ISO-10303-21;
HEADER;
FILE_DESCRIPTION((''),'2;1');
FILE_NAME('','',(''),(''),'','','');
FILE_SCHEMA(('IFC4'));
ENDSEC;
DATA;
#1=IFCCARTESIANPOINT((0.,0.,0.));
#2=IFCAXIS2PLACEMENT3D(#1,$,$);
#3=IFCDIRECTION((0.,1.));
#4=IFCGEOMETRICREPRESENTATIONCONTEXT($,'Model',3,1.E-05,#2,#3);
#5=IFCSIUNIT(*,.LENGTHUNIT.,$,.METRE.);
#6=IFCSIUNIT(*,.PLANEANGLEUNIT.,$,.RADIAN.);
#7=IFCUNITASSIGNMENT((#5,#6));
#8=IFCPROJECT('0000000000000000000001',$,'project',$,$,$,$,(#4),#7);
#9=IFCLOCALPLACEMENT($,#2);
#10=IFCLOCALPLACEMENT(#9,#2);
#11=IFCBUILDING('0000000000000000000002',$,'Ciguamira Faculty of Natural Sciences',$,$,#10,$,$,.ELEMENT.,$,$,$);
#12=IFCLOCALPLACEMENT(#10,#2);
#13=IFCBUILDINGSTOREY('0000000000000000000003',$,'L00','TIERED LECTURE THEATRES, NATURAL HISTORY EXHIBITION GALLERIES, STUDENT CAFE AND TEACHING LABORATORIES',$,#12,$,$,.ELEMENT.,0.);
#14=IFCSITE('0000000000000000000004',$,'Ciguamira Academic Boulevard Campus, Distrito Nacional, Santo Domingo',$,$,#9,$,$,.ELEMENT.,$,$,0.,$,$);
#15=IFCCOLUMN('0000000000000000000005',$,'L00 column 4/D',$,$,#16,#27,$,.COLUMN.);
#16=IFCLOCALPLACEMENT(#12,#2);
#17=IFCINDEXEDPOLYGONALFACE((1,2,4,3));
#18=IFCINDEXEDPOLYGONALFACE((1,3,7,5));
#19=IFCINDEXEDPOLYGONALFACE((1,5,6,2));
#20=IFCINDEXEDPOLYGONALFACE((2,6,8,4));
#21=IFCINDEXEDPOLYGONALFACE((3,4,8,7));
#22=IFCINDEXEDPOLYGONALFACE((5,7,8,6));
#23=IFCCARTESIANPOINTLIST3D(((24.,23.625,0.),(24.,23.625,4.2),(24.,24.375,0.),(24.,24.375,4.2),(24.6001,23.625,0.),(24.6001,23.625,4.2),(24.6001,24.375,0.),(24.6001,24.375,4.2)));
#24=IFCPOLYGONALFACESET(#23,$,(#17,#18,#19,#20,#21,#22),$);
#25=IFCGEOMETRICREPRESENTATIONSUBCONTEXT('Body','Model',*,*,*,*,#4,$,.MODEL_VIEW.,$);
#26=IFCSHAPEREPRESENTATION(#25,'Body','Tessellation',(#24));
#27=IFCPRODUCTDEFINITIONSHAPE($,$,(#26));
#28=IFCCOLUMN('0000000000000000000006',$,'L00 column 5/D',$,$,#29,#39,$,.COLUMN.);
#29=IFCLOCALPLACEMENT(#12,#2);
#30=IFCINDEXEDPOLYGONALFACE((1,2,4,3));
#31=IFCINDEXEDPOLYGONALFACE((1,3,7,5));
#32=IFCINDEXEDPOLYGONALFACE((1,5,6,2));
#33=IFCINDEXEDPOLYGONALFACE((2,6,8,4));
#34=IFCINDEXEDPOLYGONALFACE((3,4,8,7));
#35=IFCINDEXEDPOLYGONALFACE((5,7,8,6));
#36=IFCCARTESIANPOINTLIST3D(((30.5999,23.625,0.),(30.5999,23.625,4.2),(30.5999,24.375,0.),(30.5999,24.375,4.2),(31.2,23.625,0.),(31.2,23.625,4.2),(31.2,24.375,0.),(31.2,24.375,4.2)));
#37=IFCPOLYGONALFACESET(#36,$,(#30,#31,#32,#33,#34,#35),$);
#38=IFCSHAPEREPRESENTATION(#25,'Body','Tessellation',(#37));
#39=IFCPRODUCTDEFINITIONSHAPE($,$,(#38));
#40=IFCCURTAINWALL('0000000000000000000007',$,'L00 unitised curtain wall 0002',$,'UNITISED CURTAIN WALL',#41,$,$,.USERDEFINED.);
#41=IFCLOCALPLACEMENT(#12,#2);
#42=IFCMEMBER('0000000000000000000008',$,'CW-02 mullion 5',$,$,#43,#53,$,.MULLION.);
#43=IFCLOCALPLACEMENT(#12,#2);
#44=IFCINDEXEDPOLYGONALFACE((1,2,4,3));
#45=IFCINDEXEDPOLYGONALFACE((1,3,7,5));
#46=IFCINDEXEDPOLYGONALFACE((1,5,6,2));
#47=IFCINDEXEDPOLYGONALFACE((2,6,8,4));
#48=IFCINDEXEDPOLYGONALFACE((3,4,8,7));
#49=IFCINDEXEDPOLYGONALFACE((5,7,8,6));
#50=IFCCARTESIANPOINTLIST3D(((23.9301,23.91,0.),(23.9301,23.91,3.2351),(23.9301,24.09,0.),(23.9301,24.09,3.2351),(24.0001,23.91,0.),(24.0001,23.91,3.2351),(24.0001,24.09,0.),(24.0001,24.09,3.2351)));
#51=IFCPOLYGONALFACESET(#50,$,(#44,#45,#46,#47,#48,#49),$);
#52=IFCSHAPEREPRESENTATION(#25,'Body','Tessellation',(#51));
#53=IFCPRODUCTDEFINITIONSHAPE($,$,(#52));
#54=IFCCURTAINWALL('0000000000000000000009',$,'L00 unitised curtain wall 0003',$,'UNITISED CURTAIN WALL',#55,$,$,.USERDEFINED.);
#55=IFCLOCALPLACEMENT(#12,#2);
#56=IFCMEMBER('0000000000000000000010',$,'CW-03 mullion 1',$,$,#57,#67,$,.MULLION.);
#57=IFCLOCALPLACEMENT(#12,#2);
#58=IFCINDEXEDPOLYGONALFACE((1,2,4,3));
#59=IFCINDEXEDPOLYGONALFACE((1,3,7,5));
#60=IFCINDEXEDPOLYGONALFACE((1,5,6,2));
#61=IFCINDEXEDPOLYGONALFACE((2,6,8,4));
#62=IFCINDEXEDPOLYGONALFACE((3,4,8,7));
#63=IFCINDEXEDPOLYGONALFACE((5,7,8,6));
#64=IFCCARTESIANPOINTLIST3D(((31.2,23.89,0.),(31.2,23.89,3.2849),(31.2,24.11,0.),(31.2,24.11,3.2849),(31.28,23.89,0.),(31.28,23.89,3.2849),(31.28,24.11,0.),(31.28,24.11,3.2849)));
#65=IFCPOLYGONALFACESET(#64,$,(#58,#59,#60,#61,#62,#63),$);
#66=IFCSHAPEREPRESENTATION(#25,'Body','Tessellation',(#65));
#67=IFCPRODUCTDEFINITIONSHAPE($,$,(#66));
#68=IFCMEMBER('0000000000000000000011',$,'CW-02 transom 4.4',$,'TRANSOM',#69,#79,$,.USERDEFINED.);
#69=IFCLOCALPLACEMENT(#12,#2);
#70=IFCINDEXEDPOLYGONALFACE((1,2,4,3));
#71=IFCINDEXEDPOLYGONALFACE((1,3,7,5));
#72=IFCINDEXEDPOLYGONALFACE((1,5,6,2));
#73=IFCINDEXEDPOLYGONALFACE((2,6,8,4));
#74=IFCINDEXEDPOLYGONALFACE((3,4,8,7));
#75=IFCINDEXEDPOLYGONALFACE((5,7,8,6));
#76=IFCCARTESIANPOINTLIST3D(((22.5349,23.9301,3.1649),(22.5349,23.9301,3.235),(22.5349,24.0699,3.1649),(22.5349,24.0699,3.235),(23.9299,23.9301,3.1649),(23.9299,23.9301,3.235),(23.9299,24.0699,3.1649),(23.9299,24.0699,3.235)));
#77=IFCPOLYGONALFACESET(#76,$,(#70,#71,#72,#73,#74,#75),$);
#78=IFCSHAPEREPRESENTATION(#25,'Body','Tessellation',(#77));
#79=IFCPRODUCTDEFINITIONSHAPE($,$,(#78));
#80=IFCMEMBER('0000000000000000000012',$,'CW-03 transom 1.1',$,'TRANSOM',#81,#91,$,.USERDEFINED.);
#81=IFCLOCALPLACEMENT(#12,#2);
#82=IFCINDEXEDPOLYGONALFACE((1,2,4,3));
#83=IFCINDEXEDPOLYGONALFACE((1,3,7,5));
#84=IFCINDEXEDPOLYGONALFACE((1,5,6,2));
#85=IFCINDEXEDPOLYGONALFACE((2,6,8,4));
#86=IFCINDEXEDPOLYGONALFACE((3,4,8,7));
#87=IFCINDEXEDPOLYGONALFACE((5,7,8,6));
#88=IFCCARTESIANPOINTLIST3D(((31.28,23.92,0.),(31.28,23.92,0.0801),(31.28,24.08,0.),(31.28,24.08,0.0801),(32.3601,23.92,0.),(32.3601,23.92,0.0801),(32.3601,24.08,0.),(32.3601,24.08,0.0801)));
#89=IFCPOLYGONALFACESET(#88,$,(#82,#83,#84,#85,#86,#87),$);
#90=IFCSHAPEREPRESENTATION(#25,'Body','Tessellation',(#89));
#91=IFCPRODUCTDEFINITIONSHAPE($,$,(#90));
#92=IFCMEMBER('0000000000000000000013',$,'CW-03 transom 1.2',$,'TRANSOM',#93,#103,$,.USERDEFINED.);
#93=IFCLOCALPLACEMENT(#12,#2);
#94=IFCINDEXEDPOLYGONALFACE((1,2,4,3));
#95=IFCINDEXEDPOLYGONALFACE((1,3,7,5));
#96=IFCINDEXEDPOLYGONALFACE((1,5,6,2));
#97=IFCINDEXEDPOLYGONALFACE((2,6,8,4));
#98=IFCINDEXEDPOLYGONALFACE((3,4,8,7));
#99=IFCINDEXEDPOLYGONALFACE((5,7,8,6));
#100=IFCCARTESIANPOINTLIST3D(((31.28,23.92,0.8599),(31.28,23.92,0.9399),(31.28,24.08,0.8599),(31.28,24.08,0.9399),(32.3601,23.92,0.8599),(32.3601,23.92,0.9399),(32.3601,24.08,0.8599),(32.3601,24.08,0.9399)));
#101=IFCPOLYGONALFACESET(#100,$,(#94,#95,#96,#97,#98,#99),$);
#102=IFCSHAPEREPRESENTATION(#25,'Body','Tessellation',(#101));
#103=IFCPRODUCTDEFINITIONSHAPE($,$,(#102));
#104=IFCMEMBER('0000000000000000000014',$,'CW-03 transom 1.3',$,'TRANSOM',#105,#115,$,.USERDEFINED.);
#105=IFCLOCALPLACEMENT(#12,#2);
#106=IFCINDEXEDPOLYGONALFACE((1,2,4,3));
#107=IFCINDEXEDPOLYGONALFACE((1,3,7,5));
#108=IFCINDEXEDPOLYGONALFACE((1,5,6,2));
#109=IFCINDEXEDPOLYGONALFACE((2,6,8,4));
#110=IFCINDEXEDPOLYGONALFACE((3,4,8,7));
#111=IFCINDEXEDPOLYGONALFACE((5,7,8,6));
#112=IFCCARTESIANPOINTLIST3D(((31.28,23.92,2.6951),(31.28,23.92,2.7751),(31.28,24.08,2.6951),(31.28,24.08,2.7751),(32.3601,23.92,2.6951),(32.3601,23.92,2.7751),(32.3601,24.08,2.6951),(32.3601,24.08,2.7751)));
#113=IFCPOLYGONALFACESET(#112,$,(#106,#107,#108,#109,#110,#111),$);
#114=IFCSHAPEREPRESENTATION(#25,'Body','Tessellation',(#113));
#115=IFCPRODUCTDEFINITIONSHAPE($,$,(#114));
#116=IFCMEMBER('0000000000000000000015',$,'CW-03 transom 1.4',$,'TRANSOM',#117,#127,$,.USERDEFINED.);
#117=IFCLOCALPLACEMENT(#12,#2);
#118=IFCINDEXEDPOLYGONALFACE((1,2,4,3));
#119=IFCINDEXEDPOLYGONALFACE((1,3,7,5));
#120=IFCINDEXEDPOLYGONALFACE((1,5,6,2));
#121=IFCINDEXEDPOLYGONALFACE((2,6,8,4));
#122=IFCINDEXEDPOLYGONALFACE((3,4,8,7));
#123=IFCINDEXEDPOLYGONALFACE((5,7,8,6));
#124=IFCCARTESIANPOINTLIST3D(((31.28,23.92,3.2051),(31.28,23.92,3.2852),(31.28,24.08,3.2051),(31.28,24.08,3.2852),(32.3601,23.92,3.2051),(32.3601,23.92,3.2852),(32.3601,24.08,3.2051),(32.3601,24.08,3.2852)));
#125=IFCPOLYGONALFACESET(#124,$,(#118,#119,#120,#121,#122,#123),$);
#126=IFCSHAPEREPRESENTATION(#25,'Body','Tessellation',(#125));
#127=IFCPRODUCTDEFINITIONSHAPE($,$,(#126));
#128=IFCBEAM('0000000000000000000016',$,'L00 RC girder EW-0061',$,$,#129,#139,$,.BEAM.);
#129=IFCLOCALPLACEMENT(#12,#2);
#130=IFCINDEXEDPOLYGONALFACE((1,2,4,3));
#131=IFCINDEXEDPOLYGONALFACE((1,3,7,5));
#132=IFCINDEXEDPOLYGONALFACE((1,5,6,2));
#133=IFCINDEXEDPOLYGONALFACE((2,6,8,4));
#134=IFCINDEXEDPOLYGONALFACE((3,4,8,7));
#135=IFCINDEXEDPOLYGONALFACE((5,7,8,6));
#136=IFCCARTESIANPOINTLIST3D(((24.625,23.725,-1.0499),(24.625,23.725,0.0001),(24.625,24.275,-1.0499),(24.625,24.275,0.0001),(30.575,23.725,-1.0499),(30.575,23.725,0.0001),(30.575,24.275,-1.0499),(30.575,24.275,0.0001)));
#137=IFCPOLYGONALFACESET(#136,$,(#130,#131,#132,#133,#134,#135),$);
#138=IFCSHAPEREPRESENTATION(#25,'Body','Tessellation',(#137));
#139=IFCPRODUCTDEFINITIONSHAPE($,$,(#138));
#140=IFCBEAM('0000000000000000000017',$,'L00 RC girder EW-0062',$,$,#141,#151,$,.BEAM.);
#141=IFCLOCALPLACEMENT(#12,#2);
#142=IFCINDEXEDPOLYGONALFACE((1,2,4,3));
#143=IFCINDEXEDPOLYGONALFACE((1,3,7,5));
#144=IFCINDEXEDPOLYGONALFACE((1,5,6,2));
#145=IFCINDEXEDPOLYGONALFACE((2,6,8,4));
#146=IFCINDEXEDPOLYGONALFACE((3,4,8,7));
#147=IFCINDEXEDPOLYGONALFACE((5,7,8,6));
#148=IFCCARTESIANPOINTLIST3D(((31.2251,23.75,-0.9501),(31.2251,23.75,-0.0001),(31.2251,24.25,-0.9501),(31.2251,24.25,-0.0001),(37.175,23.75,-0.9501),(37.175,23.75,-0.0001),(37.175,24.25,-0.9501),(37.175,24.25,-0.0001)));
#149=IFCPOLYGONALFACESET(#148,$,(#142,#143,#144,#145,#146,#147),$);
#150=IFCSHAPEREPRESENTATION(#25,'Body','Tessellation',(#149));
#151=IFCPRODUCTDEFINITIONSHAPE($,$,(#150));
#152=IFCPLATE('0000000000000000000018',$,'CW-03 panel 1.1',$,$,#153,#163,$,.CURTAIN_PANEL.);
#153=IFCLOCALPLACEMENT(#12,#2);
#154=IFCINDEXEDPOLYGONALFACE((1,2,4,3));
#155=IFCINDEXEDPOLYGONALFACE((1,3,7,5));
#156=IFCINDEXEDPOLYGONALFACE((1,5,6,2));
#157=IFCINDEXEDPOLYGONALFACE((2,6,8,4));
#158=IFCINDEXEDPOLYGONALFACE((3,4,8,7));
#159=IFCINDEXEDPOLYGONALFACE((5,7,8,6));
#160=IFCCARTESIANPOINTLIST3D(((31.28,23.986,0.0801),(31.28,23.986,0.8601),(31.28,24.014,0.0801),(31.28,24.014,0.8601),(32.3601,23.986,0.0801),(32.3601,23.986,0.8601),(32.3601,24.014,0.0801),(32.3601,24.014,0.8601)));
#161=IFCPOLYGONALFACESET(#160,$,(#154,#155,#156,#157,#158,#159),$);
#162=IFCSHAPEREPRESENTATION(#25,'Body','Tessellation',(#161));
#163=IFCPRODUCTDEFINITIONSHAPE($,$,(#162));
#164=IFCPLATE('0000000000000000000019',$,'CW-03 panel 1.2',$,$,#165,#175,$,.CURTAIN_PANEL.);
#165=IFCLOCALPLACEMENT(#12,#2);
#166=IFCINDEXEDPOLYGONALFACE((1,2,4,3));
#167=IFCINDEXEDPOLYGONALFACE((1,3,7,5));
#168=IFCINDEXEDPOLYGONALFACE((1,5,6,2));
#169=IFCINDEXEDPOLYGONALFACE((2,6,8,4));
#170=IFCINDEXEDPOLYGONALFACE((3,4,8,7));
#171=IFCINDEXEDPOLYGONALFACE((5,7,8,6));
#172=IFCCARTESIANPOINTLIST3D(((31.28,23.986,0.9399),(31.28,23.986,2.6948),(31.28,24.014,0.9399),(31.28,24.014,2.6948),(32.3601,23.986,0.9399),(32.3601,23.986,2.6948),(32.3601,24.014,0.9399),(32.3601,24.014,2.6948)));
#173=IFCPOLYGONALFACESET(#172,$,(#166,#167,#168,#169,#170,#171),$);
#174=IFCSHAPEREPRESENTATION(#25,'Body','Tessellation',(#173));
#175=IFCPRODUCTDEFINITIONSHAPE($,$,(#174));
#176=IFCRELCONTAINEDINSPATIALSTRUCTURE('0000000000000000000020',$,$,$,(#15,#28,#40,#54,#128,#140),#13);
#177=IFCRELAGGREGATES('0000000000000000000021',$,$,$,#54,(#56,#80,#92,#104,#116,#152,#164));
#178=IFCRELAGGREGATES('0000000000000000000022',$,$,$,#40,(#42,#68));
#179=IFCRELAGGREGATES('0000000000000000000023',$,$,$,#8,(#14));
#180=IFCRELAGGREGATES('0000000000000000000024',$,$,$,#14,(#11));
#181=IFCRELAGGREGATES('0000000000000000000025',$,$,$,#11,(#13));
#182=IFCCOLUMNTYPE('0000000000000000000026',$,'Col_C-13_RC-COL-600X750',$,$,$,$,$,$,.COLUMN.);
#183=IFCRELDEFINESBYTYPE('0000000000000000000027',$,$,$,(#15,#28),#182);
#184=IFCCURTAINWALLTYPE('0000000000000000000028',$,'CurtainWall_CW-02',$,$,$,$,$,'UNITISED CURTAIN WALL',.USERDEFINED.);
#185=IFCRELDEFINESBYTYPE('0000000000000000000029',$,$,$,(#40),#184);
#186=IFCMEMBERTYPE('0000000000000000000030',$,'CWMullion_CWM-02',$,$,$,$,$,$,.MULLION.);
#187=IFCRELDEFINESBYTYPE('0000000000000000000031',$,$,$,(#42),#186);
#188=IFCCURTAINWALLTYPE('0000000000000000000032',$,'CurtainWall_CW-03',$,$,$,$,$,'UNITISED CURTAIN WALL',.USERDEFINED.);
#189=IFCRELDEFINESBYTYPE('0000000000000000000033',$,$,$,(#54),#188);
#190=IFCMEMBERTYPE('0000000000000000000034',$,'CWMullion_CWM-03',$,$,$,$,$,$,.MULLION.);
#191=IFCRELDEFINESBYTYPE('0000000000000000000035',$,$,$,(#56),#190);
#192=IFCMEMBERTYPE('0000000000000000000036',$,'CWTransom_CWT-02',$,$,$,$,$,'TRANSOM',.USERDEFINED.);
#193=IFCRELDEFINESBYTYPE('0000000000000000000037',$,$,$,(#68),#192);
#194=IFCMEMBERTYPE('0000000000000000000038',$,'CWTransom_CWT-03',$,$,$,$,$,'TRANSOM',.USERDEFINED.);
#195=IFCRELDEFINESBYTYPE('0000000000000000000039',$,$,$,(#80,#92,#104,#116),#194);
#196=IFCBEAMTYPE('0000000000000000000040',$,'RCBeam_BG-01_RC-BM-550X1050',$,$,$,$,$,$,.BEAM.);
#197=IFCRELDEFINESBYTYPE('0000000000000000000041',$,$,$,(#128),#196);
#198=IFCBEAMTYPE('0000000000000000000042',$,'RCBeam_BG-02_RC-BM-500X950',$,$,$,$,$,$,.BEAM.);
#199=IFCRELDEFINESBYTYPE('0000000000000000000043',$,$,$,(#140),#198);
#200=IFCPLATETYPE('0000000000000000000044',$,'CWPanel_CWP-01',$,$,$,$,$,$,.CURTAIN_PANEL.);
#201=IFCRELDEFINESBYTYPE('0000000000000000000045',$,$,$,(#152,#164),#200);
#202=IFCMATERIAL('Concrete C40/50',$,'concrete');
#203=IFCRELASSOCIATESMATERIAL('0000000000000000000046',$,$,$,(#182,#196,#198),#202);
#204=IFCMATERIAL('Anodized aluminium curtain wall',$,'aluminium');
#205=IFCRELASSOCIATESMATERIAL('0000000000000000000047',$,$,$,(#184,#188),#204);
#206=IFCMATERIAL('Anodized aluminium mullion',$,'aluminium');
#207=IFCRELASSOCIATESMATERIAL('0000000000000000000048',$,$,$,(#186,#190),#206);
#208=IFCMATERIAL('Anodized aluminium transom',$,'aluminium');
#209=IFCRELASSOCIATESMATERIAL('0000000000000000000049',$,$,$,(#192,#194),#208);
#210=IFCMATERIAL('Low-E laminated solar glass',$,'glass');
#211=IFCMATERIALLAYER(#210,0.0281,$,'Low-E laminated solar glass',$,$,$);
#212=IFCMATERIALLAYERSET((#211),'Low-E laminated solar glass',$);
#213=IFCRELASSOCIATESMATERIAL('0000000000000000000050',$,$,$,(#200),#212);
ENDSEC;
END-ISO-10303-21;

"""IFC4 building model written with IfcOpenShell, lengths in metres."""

from ifc_helpers import new_model, si_unit, direction, frame, origin, origin_2d, place, context, subcontext, project, spatial, rectangle, extrude, material, layer, layer_set, material_profile, profile_set, type_object, element, aggregate, save


model = new_model("IFC4")

# Units and contexts
model_context = context("Model", 3, precision=1e-05, world=origin(), true_north=direction((0.0, 1.0)))
body_context = subcontext(model_context, "Body", "Model", "MODEL_VIEW")
ifc_project = project(units=[si_unit("LENGTHUNIT", "METRE"), si_unit("PLANEANGLEUNIT", "RADIAN")], contexts=[model_context])

# Site, building, storey
site_placement = place(None, origin())
site = spatial("IfcSite", under=ifc_project, at=site_placement, Name="Ciguamira Academic Boulevard Campus, Distrito Nacional, Santo Domingo", CompositionType="ELEMENT", RefElevation=0.0)
building_placement = place(site_placement, origin())
building = spatial("IfcBuilding", under=site, at=building_placement, Name="Ciguamira Faculty of Natural Sciences", CompositionType="ELEMENT")
storey_placement = place(building_placement, origin())
storey = spatial("IfcBuildingStorey", under=building, at=storey_placement, Name="L00", Description="TIERED LECTURE THEATRES, NATURAL HISTORY EXHIBITION GALLERIES, STUDENT CAFE AND TEACHING LABORATORIES", CompositionType="ELEMENT", Elevation=0.0)

# Columns
ifc_material_1 = material(Name="Concrete C40/50", Category="concrete")
ifc_material_profile_1 = material_profile(ifc_material_1, rectangle(XDim=0.6001, YDim=0.75, at=origin_2d()), Name="RC-COL-600X750")
ifc_profile_set_1 = profile_set([ifc_material_profile_1], Name="Concrete C40/50")
column_type = type_object("IfcColumnType", Name="Col_C-13_RC-COL-600X750", PredefinedType="COLUMN", material=ifc_profile_set_1)
for number, where, z_axis, x_axis, name in (
    (1, (24.3, 24.0, 0.0), (0.0, 0.0, 1.0), (1.0, 0.0, 0.0), "L00 column 4/D"),
    (2, (30.8999, 24.0, 0.0), (0.0, 0.0, 1.0), (1.0, 0.0, 0.0), "L00 column 5/D"),
):
    element("IfcColumn", number, at=place(storey_placement, frame(where, z_axis=z_axis, x_axis=x_axis)), inside=storey, type_object=column_type, Name=name, PredefinedType="COLUMN", context=body_context, shape_type="SweptSolid", body=[
        extrude(rectangle(XDim=0.6001, YDim=0.75, at=origin_2d()), origin(), (0.0, 0.0, 1.0), 4.2),
    ])

# Curtain walls, members
ifc_material_2 = material(Name="Anodized aluminium curtain wall", Category="aluminium")
curtain_wall_type_1 = type_object("IfcCurtainWallType", Name="CurtainWall_CW-02", ElementType="UNITISED CURTAIN WALL", PredefinedType="USERDEFINED", material=ifc_material_2)
curtain_wall_1_placement = place(storey_placement, origin())
curtain_wall_1 = element("IfcCurtainWall", 3, at=curtain_wall_1_placement, inside=storey, type_object=curtain_wall_type_1, Name="L00 unitised curtain wall 0002", ObjectType="UNITISED CURTAIN WALL", PredefinedType="USERDEFINED")
ifc_material_3 = material(Name="Anodized aluminium mullion", Category="aluminium")
ifc_material_profile_2 = material_profile(ifc_material_3, rectangle(XDim=0.0701, YDim=0.1799, at=origin_2d()), Name="ALU-MUL-70X180")
ifc_profile_set_2 = profile_set([ifc_material_profile_2], Name="Anodized aluminium mullion")
member_type_1 = type_object("IfcMemberType", Name="CWMullion_CWM-02", PredefinedType="MULLION", material=ifc_profile_set_2)
member_1_placement = place(storey_placement, frame((23.9651, 24.0, 0.0), z_axis=(0.0, 0.0, 1.0), x_axis=(1.0, 0.0, 0.0)))
member_1 = element("IfcMember", 4, at=member_1_placement, type_object=member_type_1, Name="CW-02 mullion 5", PredefinedType="MULLION", context=body_context, shape_type="SweptSolid", body=[
    extrude(rectangle(XDim=0.0701, YDim=0.1799, at=origin_2d()), origin(), (0.0, 0.0, 1.0), 3.2351),
])
curtain_wall_type_2 = type_object("IfcCurtainWallType", Name="CurtainWall_CW-03", ElementType="UNITISED CURTAIN WALL", PredefinedType="USERDEFINED", material=ifc_material_2)
curtain_wall_2_placement = place(storey_placement, origin())
curtain_wall_2 = element("IfcCurtainWall", 5, at=curtain_wall_2_placement, inside=storey, type_object=curtain_wall_type_2, Name="L00 unitised curtain wall 0003", ObjectType="UNITISED CURTAIN WALL", PredefinedType="USERDEFINED")
ifc_material_profile_3 = material_profile(ifc_material_3, rectangle(XDim=0.0801, YDim=0.22, at=origin_2d()), Name="ALU-MUL-80X220")
ifc_profile_set_3 = profile_set([ifc_material_profile_3], Name="Anodized aluminium mullion")
member_type_2 = type_object("IfcMemberType", Name="CWMullion_CWM-03", PredefinedType="MULLION", material=ifc_profile_set_3)
member_2_placement = place(storey_placement, frame((31.24, 24.0, 0.0), z_axis=(0.0, 0.0, 1.0), x_axis=(1.0, 0.0, 0.0)))
member_2 = element("IfcMember", 6, at=member_2_placement, type_object=member_type_2, Name="CW-03 mullion 1", PredefinedType="MULLION", context=body_context, shape_type="SweptSolid", body=[
    extrude(rectangle(XDim=0.0801, YDim=0.22, at=origin_2d()), origin(), (0.0, 0.0, 1.0), 3.2849),
])

# Members
ifc_material_4 = material(Name="Anodized aluminium transom", Category="aluminium")
ifc_material_profile_4 = material_profile(ifc_material_4, rectangle(XDim=0.0701, YDim=0.1399, at=origin_2d()), Name="ALU-TRN-70X140")
ifc_profile_set_4 = profile_set([ifc_material_profile_4], Name="Anodized aluminium transom")
member_type_3 = type_object("IfcMemberType", Name="CWTransom_CWT-02", ElementType="TRANSOM", PredefinedType="USERDEFINED", material=ifc_profile_set_4)
member_3_placement = place(storey_placement, frame((22.5349, 24.0, 3.2), z_axis=(1.0, 0.0, 0.0), x_axis=(0.0, 0.0, 1.0)))
member_3 = element("IfcMember", 7, at=member_3_placement, type_object=member_type_3, Name="CW-02 transom 4.4", ObjectType="TRANSOM", PredefinedType="USERDEFINED", context=body_context, shape_type="SweptSolid", body=[
    extrude(rectangle(XDim=0.0701, YDim=0.1399, at=origin_2d()), origin(), (0.0, 0.0, 1.0), 1.395),
])
ifc_material_profile_5 = material_profile(ifc_material_4, rectangle(XDim=0.0801, YDim=0.1599, at=origin_2d()), Name="ALU-TRN-80X160")
ifc_profile_set_5 = profile_set([ifc_material_profile_5], Name="Anodized aluminium transom")
member_type_4 = type_object("IfcMemberType", Name="CWTransom_CWT-03", ElementType="TRANSOM", PredefinedType="USERDEFINED", material=ifc_profile_set_5)
member_4_placement = place(storey_placement, frame((31.28, 24.0, 0.04), z_axis=(1.0, 0.0, 0.0), x_axis=(0.0, 0.0, 1.0)))
member_4 = element("IfcMember", 8, at=member_4_placement, type_object=member_type_4, Name="CW-03 transom 1.1", ObjectType="TRANSOM", PredefinedType="USERDEFINED", context=body_context, shape_type="SweptSolid", body=[
    extrude(rectangle(XDim=0.0801, YDim=0.1599, at=origin_2d()), origin(), (0.0, 0.0, 1.0), 1.0801),
])
member_5_placement = place(storey_placement, frame((31.28, 24.0, 0.8999), z_axis=(1.0, 0.0, 0.0), x_axis=(0.0, 0.0, 1.0)))
member_5 = element("IfcMember", 9, at=member_5_placement, type_object=member_type_4, Name="CW-03 transom 1.2", ObjectType="TRANSOM", PredefinedType="USERDEFINED", context=body_context, shape_type="SweptSolid", body=[
    extrude(rectangle(XDim=0.0801, YDim=0.1599, at=origin_2d()), origin(), (0.0, 0.0, 1.0), 1.0801),
])
member_6_placement = place(storey_placement, frame((31.28, 24.0, 2.7351), z_axis=(1.0, 0.0, 0.0), x_axis=(0.0, 0.0, 1.0)))
member_6 = element("IfcMember", 10, at=member_6_placement, type_object=member_type_4, Name="CW-03 transom 1.3", ObjectType="TRANSOM", PredefinedType="USERDEFINED", context=body_context, shape_type="SweptSolid", body=[
    extrude(rectangle(XDim=0.0801, YDim=0.1599, at=origin_2d()), origin(), (0.0, 0.0, 1.0), 1.0801),
])
member_7_placement = place(storey_placement, frame((31.28, 24.0, 3.2451), z_axis=(1.0, 0.0, 0.0), x_axis=(0.0, 0.0, 1.0)))
member_7 = element("IfcMember", 11, at=member_7_placement, type_object=member_type_4, Name="CW-03 transom 1.4", ObjectType="TRANSOM", PredefinedType="USERDEFINED", context=body_context, shape_type="SweptSolid", body=[
    extrude(rectangle(XDim=0.0801, YDim=0.1599, at=origin_2d()), origin(), (0.0, 0.0, 1.0), 1.0801),
])

# Beams
ifc_material_profile_6 = material_profile(ifc_material_1, rectangle(XDim=0.55, YDim=1.05, at=origin_2d()), Name="RC-BM-550X1050")
ifc_profile_set_6 = profile_set([ifc_material_profile_6], Name="Concrete C40/50")
beam_type_1 = type_object("IfcBeamType", Name="RCBeam_BG-01_RC-BM-550X1050", PredefinedType="BEAM", material=ifc_profile_set_6)
beam_1_placement = place(storey_placement, frame((24.625, 24.0, -0.5249), z_axis=(1.0, 0.0, 0.0), x_axis=(0.0, 1.0, 0.0)))
element("IfcBeam", 12, at=beam_1_placement, inside=storey, type_object=beam_type_1, Name="L00 RC girder EW-0061", PredefinedType="BEAM", context=body_context, shape_type="SweptSolid", body=[
    extrude(rectangle(XDim=0.55, YDim=1.05, at=origin_2d()), origin(), (0.0, 0.0, 1.0), 5.95),
])
ifc_material_profile_7 = material_profile(ifc_material_1, rectangle(XDim=0.5, YDim=0.95, at=origin_2d()), Name="RC-BM-500X950")
ifc_profile_set_7 = profile_set([ifc_material_profile_7], Name="Concrete C40/50")
beam_type_2 = type_object("IfcBeamType", Name="RCBeam_BG-02_RC-BM-500X950", PredefinedType="BEAM", material=ifc_profile_set_7)
beam_2_placement = place(storey_placement, frame((31.2251, 24.0, -0.4751), z_axis=(1.0, 0.0, 0.0), x_axis=(0.0, 1.0, 0.0)))
element("IfcBeam", 13, at=beam_2_placement, inside=storey, type_object=beam_type_2, Name="L00 RC girder EW-0062", PredefinedType="BEAM", context=body_context, shape_type="SweptSolid", body=[
    extrude(rectangle(XDim=0.5, YDim=0.95, at=origin_2d()), origin(), (0.0, 0.0, 1.0), 5.95),
])

# Plates
ifc_material_5 = material(Name="Low-E laminated solar glass", Category="glass")
ifc_layer_1 = layer(ifc_material_5, 0.0281, Name="Low-E laminated solar glass")
ifc_layer_set_1 = layer_set([ifc_layer_1], Name="Low-E laminated solar glass")
plate_type_1 = type_object("IfcPlateType", Name="CWPanel_CWP-01", PredefinedType="CURTAIN_PANEL", material=ifc_layer_set_1)
plate_1_placement = place(storey_placement, frame((31.8201, 24.0, 0.0801), z_axis=(0.0, 0.0, 1.0), x_axis=(1.0, 0.0, 0.0)))
plate_1 = element("IfcPlate", 14, at=plate_1_placement, type_object=plate_type_1, Name="CW-03 panel 1.1", PredefinedType="CURTAIN_PANEL", context=body_context, shape_type="SweptSolid", body=[
    extrude(rectangle(XDim=1.0801, YDim=0.0281, at=origin_2d()), origin(), (0.0, 0.0, 1.0), 0.78),
])
plate_2_placement = place(storey_placement, frame((31.8201, 24.0, 0.9399), z_axis=(0.0, 0.0, 1.0), x_axis=(1.0, 0.0, 0.0)))
plate_2 = element("IfcPlate", 15, at=plate_2_placement, type_object=plate_type_1, Name="CW-03 panel 1.2", PredefinedType="CURTAIN_PANEL", context=body_context, shape_type="SweptSolid", body=[
    extrude(rectangle(XDim=1.0801, YDim=0.0281, at=origin_2d()), origin(), (0.0, 0.0, 1.0), 1.7549),
])
aggregate(curtain_wall_2, [member_2, member_4, member_5, member_6, member_7, plate_1, plate_2])
aggregate(curtain_wall_1, [member_1, member_3])

save(model, "model.ifc")
